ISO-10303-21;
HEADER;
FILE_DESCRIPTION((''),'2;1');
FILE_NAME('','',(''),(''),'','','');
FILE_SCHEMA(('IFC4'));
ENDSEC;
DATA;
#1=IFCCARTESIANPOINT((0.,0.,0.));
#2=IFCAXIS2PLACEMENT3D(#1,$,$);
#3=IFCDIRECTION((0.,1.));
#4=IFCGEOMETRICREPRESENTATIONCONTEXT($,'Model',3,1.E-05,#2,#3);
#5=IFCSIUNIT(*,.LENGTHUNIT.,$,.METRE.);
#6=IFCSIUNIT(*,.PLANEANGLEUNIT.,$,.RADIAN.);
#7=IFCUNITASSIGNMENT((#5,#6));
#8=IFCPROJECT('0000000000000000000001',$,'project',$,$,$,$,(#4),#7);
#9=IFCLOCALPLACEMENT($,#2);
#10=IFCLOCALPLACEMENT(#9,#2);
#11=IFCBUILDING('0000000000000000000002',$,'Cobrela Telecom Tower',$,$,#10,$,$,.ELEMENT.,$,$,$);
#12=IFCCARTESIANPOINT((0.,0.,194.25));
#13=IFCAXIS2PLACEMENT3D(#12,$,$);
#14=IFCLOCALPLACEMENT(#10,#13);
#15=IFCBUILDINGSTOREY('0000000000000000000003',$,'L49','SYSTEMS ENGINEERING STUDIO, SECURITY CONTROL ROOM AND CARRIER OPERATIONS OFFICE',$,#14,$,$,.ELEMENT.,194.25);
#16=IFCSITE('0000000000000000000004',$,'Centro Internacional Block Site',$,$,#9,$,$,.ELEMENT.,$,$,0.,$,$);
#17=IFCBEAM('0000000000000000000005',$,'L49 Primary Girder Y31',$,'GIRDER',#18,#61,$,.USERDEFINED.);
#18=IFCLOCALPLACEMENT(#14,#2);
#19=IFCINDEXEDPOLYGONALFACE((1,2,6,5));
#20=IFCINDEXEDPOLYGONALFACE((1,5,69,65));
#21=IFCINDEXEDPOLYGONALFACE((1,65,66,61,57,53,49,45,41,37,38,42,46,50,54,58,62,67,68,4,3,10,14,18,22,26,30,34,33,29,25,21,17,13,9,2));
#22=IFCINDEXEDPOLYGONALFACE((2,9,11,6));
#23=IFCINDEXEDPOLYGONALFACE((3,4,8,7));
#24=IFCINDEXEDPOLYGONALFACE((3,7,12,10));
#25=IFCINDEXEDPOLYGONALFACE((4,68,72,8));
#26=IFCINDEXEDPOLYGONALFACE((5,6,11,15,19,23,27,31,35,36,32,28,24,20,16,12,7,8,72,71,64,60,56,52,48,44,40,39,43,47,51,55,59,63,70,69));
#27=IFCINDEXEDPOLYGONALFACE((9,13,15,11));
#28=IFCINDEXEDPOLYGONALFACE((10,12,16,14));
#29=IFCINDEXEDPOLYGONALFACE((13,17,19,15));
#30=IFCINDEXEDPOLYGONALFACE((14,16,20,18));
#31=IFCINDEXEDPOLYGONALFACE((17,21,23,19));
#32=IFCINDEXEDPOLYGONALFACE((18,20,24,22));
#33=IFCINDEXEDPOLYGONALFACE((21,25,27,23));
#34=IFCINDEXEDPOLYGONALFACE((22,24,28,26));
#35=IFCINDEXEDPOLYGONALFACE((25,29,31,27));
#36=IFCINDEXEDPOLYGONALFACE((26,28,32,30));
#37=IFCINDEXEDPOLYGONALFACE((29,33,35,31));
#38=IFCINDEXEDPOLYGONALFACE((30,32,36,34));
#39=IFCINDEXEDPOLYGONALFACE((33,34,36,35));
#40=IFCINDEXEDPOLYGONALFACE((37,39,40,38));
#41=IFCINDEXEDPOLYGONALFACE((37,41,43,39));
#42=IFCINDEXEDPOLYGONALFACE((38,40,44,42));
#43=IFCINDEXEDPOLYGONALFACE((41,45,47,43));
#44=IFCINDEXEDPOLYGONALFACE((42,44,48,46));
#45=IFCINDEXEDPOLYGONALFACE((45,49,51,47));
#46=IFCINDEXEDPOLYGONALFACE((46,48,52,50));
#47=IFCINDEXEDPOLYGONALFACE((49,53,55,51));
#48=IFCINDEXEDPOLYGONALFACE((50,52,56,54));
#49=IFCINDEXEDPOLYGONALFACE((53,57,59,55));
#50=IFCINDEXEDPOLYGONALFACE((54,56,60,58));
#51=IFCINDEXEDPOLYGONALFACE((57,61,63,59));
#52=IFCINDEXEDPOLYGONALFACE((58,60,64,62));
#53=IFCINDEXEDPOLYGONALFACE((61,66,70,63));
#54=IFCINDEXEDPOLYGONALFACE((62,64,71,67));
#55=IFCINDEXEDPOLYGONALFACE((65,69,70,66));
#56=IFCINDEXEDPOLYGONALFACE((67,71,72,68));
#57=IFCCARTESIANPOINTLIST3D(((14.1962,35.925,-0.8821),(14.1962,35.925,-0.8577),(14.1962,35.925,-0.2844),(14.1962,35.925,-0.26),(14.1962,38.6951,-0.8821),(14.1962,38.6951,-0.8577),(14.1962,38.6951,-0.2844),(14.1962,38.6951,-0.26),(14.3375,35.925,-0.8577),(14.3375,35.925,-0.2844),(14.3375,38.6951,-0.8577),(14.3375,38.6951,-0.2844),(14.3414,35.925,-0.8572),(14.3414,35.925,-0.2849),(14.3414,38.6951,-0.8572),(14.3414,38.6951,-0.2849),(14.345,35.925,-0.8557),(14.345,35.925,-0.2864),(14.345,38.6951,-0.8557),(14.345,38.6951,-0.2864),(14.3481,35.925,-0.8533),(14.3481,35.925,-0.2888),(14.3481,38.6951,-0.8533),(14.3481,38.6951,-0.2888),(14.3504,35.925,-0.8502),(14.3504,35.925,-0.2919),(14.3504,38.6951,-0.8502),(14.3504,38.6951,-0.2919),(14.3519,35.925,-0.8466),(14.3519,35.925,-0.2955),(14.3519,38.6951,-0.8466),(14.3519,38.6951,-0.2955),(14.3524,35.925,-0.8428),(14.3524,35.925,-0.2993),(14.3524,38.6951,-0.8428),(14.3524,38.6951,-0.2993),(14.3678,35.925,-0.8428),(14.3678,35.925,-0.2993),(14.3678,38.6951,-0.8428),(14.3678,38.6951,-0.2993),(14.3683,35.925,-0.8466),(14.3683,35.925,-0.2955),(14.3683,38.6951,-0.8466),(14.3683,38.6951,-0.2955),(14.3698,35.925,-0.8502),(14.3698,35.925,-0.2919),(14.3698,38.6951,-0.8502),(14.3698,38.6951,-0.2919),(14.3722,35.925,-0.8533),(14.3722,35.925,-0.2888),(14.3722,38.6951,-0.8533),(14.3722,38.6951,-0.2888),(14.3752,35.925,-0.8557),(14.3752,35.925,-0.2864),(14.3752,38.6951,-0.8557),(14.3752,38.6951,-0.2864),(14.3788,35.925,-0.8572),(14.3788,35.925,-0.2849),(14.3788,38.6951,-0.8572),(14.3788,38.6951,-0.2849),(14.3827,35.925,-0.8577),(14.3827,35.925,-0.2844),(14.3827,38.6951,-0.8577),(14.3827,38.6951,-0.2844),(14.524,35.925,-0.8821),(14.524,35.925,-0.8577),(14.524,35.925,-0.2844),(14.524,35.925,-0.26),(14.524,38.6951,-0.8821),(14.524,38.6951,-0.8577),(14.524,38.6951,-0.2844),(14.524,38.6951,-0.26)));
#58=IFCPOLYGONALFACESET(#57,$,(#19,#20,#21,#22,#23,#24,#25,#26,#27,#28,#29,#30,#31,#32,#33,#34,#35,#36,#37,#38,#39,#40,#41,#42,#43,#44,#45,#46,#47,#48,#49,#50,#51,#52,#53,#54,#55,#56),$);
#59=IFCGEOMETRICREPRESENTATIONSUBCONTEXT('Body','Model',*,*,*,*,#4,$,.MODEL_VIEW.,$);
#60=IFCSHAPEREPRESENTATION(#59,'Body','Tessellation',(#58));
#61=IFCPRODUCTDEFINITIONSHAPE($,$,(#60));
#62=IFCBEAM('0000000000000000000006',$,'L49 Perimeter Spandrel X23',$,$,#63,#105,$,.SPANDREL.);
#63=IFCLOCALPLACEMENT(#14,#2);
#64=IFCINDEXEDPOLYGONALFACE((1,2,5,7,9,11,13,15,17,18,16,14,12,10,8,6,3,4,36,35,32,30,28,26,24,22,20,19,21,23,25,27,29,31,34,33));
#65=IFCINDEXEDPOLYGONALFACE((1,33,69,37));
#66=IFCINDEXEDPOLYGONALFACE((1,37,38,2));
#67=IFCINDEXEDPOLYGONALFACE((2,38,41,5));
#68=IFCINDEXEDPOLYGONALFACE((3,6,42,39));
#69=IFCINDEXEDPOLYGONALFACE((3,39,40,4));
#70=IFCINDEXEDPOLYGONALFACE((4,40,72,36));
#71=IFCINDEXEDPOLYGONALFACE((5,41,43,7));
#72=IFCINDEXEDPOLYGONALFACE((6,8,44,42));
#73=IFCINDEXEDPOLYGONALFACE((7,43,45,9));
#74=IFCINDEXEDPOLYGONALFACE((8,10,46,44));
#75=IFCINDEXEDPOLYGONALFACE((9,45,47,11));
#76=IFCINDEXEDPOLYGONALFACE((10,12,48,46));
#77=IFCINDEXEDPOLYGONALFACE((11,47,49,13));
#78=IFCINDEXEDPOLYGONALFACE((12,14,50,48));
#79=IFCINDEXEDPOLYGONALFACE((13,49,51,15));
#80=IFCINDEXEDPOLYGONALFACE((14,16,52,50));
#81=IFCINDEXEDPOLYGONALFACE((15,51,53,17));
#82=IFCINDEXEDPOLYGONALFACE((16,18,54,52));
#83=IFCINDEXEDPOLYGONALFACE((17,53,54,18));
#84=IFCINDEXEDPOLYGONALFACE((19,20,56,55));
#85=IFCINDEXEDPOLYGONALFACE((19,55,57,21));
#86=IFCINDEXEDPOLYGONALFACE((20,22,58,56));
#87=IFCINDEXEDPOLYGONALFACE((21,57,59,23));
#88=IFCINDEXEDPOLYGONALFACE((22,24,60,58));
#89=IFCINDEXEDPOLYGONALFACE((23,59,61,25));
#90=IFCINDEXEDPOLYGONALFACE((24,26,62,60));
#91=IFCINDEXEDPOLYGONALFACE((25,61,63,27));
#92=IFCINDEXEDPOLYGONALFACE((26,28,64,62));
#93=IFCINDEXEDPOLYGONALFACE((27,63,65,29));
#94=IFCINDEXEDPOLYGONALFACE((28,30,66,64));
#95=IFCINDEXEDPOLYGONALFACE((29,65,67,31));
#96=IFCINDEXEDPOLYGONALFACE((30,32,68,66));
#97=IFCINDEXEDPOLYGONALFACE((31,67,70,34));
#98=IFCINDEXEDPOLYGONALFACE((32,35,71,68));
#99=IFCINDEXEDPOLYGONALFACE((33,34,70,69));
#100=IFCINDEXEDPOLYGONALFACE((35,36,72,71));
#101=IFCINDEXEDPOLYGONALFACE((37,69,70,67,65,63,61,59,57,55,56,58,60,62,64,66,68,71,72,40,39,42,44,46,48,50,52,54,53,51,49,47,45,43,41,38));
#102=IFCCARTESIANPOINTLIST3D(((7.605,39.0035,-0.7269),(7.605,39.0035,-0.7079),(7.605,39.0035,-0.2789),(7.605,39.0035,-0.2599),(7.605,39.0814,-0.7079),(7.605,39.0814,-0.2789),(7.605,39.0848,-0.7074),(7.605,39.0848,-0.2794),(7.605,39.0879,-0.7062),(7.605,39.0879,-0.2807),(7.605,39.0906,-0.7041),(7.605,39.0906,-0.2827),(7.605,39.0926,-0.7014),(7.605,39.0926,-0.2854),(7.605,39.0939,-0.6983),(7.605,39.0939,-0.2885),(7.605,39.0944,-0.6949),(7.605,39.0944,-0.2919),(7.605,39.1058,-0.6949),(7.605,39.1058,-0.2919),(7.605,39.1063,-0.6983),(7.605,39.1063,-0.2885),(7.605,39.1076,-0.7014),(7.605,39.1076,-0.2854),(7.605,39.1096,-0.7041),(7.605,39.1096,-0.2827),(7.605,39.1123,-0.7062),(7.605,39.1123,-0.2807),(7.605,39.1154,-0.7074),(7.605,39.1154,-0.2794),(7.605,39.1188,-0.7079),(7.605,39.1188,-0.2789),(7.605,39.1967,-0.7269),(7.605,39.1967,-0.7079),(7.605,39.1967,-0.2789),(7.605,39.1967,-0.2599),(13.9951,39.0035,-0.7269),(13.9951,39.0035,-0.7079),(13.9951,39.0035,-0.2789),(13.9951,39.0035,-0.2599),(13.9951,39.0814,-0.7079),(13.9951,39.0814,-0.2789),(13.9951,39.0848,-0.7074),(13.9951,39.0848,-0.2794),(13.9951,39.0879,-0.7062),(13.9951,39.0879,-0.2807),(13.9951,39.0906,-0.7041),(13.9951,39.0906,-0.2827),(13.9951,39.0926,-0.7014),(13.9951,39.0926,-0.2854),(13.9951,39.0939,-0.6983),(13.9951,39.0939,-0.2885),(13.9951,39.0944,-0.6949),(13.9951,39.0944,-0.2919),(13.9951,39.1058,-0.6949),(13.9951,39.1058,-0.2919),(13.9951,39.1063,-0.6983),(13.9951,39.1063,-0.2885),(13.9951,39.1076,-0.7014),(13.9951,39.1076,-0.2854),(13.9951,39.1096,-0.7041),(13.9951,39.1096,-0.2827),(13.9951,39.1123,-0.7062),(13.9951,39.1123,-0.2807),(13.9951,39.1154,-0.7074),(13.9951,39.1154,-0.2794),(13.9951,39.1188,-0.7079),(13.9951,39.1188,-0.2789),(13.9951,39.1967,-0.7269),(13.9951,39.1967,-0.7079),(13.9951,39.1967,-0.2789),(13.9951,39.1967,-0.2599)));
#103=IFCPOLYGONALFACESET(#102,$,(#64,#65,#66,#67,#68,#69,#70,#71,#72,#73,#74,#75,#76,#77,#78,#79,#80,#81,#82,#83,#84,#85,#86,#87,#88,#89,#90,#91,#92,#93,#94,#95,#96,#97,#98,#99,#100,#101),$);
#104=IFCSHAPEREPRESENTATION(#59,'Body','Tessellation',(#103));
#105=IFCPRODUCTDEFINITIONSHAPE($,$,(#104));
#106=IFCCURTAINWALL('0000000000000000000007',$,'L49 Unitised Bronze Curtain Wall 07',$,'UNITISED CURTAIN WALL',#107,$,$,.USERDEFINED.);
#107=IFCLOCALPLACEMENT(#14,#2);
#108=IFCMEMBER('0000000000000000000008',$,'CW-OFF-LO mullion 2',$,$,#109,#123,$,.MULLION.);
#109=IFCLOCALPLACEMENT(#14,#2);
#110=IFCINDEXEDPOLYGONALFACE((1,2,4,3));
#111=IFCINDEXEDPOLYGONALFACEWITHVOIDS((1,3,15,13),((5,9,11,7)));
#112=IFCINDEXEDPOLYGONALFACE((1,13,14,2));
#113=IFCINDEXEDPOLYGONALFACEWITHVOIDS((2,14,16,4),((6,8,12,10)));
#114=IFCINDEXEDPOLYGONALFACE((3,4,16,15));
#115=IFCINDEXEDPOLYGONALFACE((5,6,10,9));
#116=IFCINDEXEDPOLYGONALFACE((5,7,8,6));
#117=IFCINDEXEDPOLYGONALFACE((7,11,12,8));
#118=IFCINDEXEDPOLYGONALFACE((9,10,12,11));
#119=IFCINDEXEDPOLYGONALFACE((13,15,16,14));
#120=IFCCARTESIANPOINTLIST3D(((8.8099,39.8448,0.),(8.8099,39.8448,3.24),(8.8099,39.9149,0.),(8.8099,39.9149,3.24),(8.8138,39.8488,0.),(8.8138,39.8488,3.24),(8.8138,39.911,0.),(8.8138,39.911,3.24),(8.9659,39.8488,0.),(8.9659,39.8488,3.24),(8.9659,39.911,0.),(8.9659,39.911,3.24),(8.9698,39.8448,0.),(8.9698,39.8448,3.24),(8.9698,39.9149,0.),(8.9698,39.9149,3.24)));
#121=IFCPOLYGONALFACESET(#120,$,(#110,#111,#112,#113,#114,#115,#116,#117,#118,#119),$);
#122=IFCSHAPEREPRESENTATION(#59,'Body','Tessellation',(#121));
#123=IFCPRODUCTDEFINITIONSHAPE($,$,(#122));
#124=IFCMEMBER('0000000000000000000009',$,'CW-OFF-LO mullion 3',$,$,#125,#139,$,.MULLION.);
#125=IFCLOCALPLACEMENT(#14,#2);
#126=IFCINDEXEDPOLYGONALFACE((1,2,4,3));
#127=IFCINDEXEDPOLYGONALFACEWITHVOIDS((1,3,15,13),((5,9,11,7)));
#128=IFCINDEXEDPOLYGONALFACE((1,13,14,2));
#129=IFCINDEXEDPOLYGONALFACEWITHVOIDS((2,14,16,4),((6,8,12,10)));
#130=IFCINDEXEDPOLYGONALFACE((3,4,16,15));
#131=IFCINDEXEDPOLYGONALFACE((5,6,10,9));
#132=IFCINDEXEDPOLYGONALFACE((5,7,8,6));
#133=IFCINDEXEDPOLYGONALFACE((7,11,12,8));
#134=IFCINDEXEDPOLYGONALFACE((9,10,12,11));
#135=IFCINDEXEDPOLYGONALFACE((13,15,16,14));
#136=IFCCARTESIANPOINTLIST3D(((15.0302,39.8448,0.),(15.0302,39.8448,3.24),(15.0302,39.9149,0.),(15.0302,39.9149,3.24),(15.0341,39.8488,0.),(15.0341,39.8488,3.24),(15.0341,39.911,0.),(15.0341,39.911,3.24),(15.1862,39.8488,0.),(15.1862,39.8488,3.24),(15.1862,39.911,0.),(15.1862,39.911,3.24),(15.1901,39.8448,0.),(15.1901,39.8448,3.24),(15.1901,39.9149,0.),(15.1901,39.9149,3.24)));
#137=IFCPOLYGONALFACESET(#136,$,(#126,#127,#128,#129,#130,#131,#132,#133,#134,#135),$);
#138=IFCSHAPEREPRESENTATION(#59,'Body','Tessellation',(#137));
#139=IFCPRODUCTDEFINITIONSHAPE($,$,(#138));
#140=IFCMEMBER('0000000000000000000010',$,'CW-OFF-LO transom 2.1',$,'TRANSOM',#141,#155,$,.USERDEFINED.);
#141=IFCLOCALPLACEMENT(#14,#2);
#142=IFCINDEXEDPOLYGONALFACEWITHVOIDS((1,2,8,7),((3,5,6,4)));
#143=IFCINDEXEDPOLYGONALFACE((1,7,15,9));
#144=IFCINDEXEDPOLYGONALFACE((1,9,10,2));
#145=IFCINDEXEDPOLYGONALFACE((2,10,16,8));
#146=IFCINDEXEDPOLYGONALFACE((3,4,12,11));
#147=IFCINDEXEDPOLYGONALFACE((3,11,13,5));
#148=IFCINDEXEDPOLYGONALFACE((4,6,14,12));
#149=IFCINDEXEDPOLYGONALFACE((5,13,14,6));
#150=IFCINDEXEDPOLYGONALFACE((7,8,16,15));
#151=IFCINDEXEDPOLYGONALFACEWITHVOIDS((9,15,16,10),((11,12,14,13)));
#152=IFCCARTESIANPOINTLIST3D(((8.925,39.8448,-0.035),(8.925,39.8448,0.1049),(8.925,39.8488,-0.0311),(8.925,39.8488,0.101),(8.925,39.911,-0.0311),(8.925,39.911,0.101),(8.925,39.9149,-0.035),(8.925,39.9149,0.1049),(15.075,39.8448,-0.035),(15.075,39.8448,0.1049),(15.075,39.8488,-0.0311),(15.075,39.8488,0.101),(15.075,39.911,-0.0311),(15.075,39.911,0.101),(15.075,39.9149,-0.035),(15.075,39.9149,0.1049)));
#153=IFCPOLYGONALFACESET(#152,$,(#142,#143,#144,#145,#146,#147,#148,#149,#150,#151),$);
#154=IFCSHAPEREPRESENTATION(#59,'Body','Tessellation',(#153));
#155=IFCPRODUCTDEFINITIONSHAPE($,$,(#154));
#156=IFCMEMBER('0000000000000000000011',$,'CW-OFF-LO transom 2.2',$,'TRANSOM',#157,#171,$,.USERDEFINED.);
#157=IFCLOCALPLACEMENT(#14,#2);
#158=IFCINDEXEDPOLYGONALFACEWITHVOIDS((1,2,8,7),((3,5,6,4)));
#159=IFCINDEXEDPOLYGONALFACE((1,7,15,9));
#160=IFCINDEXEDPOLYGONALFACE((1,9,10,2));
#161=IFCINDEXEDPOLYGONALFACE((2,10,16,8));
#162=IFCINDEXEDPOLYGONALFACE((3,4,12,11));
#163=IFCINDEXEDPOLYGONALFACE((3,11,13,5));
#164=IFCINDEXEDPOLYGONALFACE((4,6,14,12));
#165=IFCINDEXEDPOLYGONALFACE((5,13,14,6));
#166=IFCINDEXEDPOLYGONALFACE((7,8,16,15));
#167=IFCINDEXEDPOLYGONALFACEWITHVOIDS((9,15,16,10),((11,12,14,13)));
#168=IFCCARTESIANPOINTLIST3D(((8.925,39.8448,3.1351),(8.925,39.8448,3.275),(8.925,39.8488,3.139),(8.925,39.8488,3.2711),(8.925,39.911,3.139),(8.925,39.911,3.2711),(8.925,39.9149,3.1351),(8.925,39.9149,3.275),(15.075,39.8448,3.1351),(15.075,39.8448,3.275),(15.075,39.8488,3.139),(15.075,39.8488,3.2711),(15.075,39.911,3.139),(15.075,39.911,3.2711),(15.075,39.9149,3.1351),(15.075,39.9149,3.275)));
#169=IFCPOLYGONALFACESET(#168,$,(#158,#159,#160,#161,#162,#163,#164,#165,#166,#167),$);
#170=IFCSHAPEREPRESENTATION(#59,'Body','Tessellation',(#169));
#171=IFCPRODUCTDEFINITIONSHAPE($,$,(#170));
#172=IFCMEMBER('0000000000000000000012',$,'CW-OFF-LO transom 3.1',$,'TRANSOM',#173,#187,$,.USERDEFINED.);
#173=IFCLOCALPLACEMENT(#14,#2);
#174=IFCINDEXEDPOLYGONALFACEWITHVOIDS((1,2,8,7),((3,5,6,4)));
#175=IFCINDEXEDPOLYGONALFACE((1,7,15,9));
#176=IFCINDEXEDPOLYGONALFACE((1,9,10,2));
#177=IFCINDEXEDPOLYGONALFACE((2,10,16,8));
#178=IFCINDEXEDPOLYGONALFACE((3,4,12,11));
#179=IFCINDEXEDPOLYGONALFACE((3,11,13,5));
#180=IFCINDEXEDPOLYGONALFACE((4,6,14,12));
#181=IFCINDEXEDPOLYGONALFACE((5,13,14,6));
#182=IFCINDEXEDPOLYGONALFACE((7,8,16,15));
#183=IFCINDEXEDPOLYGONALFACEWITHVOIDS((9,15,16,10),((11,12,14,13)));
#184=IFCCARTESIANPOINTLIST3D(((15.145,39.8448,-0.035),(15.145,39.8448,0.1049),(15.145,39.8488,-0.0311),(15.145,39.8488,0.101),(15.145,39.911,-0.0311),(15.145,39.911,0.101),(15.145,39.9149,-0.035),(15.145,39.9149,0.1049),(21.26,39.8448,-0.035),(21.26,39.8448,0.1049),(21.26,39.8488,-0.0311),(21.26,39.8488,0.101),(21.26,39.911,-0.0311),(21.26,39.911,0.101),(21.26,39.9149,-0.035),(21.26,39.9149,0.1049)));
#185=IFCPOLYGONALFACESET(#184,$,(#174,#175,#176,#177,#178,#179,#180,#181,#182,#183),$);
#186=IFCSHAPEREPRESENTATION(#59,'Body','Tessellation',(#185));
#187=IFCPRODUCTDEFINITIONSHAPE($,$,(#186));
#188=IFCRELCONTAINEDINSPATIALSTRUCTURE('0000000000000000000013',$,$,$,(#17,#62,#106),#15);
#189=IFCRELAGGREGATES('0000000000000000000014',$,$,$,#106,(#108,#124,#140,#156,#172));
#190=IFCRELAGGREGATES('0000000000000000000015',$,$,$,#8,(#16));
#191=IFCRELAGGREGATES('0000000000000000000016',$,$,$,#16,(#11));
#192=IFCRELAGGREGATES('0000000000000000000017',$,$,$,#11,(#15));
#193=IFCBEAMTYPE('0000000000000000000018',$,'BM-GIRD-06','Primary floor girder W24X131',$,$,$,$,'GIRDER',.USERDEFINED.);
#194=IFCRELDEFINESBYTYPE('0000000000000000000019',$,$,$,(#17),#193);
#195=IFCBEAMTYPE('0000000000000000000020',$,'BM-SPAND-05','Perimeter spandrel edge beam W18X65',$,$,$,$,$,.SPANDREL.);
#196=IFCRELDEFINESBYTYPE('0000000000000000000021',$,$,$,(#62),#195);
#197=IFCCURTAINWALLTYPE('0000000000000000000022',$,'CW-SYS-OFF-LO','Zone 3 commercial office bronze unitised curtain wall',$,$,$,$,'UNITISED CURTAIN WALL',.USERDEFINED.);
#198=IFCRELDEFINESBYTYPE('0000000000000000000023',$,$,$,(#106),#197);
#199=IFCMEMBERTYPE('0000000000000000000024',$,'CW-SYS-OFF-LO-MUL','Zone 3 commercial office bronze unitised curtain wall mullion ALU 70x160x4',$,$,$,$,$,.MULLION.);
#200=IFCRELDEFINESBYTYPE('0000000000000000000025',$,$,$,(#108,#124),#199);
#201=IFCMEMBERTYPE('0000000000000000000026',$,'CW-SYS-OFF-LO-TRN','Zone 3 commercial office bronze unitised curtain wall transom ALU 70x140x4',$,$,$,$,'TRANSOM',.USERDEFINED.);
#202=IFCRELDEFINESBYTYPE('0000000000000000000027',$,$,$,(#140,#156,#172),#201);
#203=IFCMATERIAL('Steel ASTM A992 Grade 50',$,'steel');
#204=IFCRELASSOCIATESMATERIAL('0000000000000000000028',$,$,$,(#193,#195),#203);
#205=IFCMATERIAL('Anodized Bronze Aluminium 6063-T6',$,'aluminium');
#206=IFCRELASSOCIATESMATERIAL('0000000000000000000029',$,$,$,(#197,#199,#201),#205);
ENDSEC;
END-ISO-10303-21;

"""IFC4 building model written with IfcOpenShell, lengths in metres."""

from ifc_helpers import new_model, si_unit, direction, frame, origin, origin_2d, place, context, subcontext, project, spatial, hollow_rectangle, i_section, extrude, material, material_profile, profile_set, type_object, element, aggregate, save


model = new_model("IFC4")

# Units and contexts
model_context = context("Model", 3, precision=1e-05, world=origin(), true_north=direction((0.0, 1.0)))
body_context = subcontext(model_context, "Body", "Model", "MODEL_VIEW")
ifc_project = project(units=[si_unit("LENGTHUNIT", "METRE"), si_unit("PLANEANGLEUNIT", "RADIAN")], contexts=[model_context])

# Site, building, storey
site_placement = place(None, origin())
site = spatial("IfcSite", under=ifc_project, at=site_placement, Name="Centro Internacional Block Site", CompositionType="ELEMENT", RefElevation=0.0)
building_placement = place(site_placement, origin())
building = spatial("IfcBuilding", under=site, at=building_placement, Name="Cobrela Telecom Tower", CompositionType="ELEMENT")
storey_placement = place(building_placement, frame((0.0, 0.0, 194.25)))
storey = spatial("IfcBuildingStorey", under=building, at=storey_placement, Name="L49", Description="SYSTEMS ENGINEERING STUDIO, SECURITY CONTROL ROOM AND CARRIER OPERATIONS OFFICE", CompositionType="ELEMENT", Elevation=194.25)

# Beams
ifc_material_1 = material(Name="Steel ASTM A992 Grade 50", Category="steel")
ifc_material_profile_1 = material_profile(ifc_material_1, i_section(OverallWidth=0.3279, OverallDepth=0.6221, WebThickness=0.0154, FlangeThickness=0.0244, FilletRadius=0.0149, at=origin_2d()), Name="W24X131")
ifc_profile_set_1 = profile_set([ifc_material_profile_1], Name="Steel ASTM A992 Grade 50")
beam_type_1 = type_object("IfcBeamType", Name="BM-GIRD-06", Description="Primary floor girder W24X131", ElementType="GIRDER", PredefinedType="USERDEFINED", material=ifc_profile_set_1)
for number, where, z_axis, x_axis, name in (
    (1, (14.3601, 35.925, -0.571), (0.0, 1.0, 0.0), (-1.0, 0.0, 0.0), "L49 Primary Girder Y31"),
):
    element("IfcBeam", number, at=place(storey_placement, frame(where, z_axis=z_axis, x_axis=x_axis)), inside=storey, type_object=beam_type_1, Name=name, ObjectType="GIRDER", PredefinedType="USERDEFINED", context=body_context, shape_type="SweptSolid", body=[
        extrude(i_section(OverallWidth=0.3279, OverallDepth=0.6221, WebThickness=0.0154, FlangeThickness=0.0244, FilletRadius=0.0149, at=origin_2d()), origin(), (0.0, 0.0, 1.0), 2.77),
    ])
ifc_material_profile_2 = material_profile(ifc_material_1, i_section(OverallWidth=0.1931, OverallDepth=0.467, WebThickness=0.0115, FlangeThickness=0.019, FilletRadius=0.0129, at=origin_2d()), Name="W18X65")
ifc_profile_set_2 = profile_set([ifc_material_profile_2], Name="Steel ASTM A992 Grade 50")
beam_type_2 = type_object("IfcBeamType", Name="BM-SPAND-05", Description="Perimeter spandrel edge beam W18X65", PredefinedType="SPANDREL", material=ifc_profile_set_2)
beam_1_placement = place(storey_placement, frame((7.605, 39.1001, -0.4934), z_axis=(1.0, 0.0, 0.0), x_axis=(0.0, 1.0, 0.0)))
element("IfcBeam", 2, at=beam_1_placement, inside=storey, type_object=beam_type_2, Name="L49 Perimeter Spandrel X23", PredefinedType="SPANDREL", context=body_context, shape_type="SweptSolid", body=[
    extrude(i_section(OverallWidth=0.1931, OverallDepth=0.467, WebThickness=0.0115, FlangeThickness=0.019, FilletRadius=0.0129, at=origin_2d()), origin(), (0.0, 0.0, 1.0), 6.3901),
])

# Curtain wall, members
ifc_material_2 = material(Name="Anodized Bronze Aluminium 6063-T6", Category="aluminium")
curtain_wall_type = type_object("IfcCurtainWallType", Name="CW-SYS-OFF-LO", Description="Zone 3 commercial office bronze unitised curtain wall", ElementType="UNITISED CURTAIN WALL", PredefinedType="USERDEFINED", material=ifc_material_2)
curtain_wall_placement = place(storey_placement, origin())
curtain_wall = element("IfcCurtainWall", 3, at=curtain_wall_placement, inside=storey, type_object=curtain_wall_type, Name="L49 Unitised Bronze Curtain Wall 07", ObjectType="UNITISED CURTAIN WALL", PredefinedType="USERDEFINED")
ifc_material_profile_3 = material_profile(ifc_material_2, hollow_rectangle(XDim=0.0701, YDim=0.1599, WallThickness=0.0039, at=origin_2d()), Name="ALU 70x160x4")
ifc_profile_set_3 = profile_set([ifc_material_profile_3], Name="Anodized Bronze Aluminium 6063-T6")
member_type_1 = type_object("IfcMemberType", Name="CW-SYS-OFF-LO-MUL", Description="Zone 3 commercial office bronze unitised curtain wall mullion ALU 70x160x4", PredefinedType="MULLION", material=ifc_profile_set_3)
member_1_placement = place(storey_placement, frame((8.8899, 39.8799, 0.0), z_axis=(0.0, 0.0, 1.0), x_axis=(0.0, 1.0, 0.0)))
member_1 = element("IfcMember", 4, at=member_1_placement, type_object=member_type_1, Name="CW-OFF-LO mullion 2", PredefinedType="MULLION", context=body_context, shape_type="SweptSolid", body=[
    extrude(hollow_rectangle(XDim=0.0701, YDim=0.1599, WallThickness=0.0039, at=origin_2d()), origin(), (0.0, 0.0, 1.0), 3.24),
])
member_2_placement = place(storey_placement, frame((15.1101, 39.8799, 0.0), z_axis=(0.0, 0.0, 1.0), x_axis=(0.0, 1.0, 0.0)))
member_2 = element("IfcMember", 5, at=member_2_placement, type_object=member_type_1, Name="CW-OFF-LO mullion 3", PredefinedType="MULLION", context=body_context, shape_type="SweptSolid", body=[
    extrude(hollow_rectangle(XDim=0.0701, YDim=0.1599, WallThickness=0.0039, at=origin_2d()), origin(), (0.0, 0.0, 1.0), 3.24),
])
ifc_material_profile_4 = material_profile(ifc_material_2, hollow_rectangle(XDim=0.0701, YDim=0.1399, WallThickness=0.0039, at=origin_2d()), Name="ALU 70x140x4")
ifc_profile_set_4 = profile_set([ifc_material_profile_4], Name="Anodized Bronze Aluminium 6063-T6")
member_type_2 = type_object("IfcMemberType", Name="CW-SYS-OFF-LO-TRN", Description="Zone 3 commercial office bronze unitised curtain wall transom ALU 70x140x4", ElementType="TRANSOM", PredefinedType="USERDEFINED", material=ifc_profile_set_4)
member_3_placement = place(storey_placement, frame((8.925, 39.8799, 0.0349), z_axis=(1.0, 0.0, 0.0), x_axis=(0.0, 1.0, 0.0)))
member_3 = element("IfcMember", 6, at=member_3_placement, type_object=member_type_2, Name="CW-OFF-LO transom 2.1", ObjectType="TRANSOM", PredefinedType="USERDEFINED", context=body_context, shape_type="SweptSolid", body=[
    extrude(hollow_rectangle(XDim=0.0701, YDim=0.1399, WallThickness=0.0039, at=origin_2d()), origin(), (0.0, 0.0, 1.0), 6.1499),
])
member_4_placement = place(storey_placement, frame((8.925, 39.8799, 3.2051), z_axis=(1.0, 0.0, 0.0), x_axis=(0.0, 1.0, 0.0)))
member_4 = element("IfcMember", 7, at=member_4_placement, type_object=member_type_2, Name="CW-OFF-LO transom 2.2", ObjectType="TRANSOM", PredefinedType="USERDEFINED", context=body_context, shape_type="SweptSolid", body=[
    extrude(hollow_rectangle(XDim=0.0701, YDim=0.1399, WallThickness=0.0039, at=origin_2d()), origin(), (0.0, 0.0, 1.0), 6.1499),
])
member_5_placement = place(storey_placement, frame((15.145, 39.8799, 0.0349), z_axis=(1.0, 0.0, 0.0), x_axis=(0.0, 1.0, 0.0)))
member_5 = element("IfcMember", 8, at=member_5_placement, type_object=member_type_2, Name="CW-OFF-LO transom 3.1", ObjectType="TRANSOM", PredefinedType="USERDEFINED", context=body_context, shape_type="SweptSolid", body=[
    extrude(hollow_rectangle(XDim=0.0701, YDim=0.1399, WallThickness=0.0039, at=origin_2d()), origin(), (0.0, 0.0, 1.0), 6.115),
])

aggregate(curtain_wall, [member_1, member_2, member_3, member_4, member_5])

save(model, "model.ifc")
